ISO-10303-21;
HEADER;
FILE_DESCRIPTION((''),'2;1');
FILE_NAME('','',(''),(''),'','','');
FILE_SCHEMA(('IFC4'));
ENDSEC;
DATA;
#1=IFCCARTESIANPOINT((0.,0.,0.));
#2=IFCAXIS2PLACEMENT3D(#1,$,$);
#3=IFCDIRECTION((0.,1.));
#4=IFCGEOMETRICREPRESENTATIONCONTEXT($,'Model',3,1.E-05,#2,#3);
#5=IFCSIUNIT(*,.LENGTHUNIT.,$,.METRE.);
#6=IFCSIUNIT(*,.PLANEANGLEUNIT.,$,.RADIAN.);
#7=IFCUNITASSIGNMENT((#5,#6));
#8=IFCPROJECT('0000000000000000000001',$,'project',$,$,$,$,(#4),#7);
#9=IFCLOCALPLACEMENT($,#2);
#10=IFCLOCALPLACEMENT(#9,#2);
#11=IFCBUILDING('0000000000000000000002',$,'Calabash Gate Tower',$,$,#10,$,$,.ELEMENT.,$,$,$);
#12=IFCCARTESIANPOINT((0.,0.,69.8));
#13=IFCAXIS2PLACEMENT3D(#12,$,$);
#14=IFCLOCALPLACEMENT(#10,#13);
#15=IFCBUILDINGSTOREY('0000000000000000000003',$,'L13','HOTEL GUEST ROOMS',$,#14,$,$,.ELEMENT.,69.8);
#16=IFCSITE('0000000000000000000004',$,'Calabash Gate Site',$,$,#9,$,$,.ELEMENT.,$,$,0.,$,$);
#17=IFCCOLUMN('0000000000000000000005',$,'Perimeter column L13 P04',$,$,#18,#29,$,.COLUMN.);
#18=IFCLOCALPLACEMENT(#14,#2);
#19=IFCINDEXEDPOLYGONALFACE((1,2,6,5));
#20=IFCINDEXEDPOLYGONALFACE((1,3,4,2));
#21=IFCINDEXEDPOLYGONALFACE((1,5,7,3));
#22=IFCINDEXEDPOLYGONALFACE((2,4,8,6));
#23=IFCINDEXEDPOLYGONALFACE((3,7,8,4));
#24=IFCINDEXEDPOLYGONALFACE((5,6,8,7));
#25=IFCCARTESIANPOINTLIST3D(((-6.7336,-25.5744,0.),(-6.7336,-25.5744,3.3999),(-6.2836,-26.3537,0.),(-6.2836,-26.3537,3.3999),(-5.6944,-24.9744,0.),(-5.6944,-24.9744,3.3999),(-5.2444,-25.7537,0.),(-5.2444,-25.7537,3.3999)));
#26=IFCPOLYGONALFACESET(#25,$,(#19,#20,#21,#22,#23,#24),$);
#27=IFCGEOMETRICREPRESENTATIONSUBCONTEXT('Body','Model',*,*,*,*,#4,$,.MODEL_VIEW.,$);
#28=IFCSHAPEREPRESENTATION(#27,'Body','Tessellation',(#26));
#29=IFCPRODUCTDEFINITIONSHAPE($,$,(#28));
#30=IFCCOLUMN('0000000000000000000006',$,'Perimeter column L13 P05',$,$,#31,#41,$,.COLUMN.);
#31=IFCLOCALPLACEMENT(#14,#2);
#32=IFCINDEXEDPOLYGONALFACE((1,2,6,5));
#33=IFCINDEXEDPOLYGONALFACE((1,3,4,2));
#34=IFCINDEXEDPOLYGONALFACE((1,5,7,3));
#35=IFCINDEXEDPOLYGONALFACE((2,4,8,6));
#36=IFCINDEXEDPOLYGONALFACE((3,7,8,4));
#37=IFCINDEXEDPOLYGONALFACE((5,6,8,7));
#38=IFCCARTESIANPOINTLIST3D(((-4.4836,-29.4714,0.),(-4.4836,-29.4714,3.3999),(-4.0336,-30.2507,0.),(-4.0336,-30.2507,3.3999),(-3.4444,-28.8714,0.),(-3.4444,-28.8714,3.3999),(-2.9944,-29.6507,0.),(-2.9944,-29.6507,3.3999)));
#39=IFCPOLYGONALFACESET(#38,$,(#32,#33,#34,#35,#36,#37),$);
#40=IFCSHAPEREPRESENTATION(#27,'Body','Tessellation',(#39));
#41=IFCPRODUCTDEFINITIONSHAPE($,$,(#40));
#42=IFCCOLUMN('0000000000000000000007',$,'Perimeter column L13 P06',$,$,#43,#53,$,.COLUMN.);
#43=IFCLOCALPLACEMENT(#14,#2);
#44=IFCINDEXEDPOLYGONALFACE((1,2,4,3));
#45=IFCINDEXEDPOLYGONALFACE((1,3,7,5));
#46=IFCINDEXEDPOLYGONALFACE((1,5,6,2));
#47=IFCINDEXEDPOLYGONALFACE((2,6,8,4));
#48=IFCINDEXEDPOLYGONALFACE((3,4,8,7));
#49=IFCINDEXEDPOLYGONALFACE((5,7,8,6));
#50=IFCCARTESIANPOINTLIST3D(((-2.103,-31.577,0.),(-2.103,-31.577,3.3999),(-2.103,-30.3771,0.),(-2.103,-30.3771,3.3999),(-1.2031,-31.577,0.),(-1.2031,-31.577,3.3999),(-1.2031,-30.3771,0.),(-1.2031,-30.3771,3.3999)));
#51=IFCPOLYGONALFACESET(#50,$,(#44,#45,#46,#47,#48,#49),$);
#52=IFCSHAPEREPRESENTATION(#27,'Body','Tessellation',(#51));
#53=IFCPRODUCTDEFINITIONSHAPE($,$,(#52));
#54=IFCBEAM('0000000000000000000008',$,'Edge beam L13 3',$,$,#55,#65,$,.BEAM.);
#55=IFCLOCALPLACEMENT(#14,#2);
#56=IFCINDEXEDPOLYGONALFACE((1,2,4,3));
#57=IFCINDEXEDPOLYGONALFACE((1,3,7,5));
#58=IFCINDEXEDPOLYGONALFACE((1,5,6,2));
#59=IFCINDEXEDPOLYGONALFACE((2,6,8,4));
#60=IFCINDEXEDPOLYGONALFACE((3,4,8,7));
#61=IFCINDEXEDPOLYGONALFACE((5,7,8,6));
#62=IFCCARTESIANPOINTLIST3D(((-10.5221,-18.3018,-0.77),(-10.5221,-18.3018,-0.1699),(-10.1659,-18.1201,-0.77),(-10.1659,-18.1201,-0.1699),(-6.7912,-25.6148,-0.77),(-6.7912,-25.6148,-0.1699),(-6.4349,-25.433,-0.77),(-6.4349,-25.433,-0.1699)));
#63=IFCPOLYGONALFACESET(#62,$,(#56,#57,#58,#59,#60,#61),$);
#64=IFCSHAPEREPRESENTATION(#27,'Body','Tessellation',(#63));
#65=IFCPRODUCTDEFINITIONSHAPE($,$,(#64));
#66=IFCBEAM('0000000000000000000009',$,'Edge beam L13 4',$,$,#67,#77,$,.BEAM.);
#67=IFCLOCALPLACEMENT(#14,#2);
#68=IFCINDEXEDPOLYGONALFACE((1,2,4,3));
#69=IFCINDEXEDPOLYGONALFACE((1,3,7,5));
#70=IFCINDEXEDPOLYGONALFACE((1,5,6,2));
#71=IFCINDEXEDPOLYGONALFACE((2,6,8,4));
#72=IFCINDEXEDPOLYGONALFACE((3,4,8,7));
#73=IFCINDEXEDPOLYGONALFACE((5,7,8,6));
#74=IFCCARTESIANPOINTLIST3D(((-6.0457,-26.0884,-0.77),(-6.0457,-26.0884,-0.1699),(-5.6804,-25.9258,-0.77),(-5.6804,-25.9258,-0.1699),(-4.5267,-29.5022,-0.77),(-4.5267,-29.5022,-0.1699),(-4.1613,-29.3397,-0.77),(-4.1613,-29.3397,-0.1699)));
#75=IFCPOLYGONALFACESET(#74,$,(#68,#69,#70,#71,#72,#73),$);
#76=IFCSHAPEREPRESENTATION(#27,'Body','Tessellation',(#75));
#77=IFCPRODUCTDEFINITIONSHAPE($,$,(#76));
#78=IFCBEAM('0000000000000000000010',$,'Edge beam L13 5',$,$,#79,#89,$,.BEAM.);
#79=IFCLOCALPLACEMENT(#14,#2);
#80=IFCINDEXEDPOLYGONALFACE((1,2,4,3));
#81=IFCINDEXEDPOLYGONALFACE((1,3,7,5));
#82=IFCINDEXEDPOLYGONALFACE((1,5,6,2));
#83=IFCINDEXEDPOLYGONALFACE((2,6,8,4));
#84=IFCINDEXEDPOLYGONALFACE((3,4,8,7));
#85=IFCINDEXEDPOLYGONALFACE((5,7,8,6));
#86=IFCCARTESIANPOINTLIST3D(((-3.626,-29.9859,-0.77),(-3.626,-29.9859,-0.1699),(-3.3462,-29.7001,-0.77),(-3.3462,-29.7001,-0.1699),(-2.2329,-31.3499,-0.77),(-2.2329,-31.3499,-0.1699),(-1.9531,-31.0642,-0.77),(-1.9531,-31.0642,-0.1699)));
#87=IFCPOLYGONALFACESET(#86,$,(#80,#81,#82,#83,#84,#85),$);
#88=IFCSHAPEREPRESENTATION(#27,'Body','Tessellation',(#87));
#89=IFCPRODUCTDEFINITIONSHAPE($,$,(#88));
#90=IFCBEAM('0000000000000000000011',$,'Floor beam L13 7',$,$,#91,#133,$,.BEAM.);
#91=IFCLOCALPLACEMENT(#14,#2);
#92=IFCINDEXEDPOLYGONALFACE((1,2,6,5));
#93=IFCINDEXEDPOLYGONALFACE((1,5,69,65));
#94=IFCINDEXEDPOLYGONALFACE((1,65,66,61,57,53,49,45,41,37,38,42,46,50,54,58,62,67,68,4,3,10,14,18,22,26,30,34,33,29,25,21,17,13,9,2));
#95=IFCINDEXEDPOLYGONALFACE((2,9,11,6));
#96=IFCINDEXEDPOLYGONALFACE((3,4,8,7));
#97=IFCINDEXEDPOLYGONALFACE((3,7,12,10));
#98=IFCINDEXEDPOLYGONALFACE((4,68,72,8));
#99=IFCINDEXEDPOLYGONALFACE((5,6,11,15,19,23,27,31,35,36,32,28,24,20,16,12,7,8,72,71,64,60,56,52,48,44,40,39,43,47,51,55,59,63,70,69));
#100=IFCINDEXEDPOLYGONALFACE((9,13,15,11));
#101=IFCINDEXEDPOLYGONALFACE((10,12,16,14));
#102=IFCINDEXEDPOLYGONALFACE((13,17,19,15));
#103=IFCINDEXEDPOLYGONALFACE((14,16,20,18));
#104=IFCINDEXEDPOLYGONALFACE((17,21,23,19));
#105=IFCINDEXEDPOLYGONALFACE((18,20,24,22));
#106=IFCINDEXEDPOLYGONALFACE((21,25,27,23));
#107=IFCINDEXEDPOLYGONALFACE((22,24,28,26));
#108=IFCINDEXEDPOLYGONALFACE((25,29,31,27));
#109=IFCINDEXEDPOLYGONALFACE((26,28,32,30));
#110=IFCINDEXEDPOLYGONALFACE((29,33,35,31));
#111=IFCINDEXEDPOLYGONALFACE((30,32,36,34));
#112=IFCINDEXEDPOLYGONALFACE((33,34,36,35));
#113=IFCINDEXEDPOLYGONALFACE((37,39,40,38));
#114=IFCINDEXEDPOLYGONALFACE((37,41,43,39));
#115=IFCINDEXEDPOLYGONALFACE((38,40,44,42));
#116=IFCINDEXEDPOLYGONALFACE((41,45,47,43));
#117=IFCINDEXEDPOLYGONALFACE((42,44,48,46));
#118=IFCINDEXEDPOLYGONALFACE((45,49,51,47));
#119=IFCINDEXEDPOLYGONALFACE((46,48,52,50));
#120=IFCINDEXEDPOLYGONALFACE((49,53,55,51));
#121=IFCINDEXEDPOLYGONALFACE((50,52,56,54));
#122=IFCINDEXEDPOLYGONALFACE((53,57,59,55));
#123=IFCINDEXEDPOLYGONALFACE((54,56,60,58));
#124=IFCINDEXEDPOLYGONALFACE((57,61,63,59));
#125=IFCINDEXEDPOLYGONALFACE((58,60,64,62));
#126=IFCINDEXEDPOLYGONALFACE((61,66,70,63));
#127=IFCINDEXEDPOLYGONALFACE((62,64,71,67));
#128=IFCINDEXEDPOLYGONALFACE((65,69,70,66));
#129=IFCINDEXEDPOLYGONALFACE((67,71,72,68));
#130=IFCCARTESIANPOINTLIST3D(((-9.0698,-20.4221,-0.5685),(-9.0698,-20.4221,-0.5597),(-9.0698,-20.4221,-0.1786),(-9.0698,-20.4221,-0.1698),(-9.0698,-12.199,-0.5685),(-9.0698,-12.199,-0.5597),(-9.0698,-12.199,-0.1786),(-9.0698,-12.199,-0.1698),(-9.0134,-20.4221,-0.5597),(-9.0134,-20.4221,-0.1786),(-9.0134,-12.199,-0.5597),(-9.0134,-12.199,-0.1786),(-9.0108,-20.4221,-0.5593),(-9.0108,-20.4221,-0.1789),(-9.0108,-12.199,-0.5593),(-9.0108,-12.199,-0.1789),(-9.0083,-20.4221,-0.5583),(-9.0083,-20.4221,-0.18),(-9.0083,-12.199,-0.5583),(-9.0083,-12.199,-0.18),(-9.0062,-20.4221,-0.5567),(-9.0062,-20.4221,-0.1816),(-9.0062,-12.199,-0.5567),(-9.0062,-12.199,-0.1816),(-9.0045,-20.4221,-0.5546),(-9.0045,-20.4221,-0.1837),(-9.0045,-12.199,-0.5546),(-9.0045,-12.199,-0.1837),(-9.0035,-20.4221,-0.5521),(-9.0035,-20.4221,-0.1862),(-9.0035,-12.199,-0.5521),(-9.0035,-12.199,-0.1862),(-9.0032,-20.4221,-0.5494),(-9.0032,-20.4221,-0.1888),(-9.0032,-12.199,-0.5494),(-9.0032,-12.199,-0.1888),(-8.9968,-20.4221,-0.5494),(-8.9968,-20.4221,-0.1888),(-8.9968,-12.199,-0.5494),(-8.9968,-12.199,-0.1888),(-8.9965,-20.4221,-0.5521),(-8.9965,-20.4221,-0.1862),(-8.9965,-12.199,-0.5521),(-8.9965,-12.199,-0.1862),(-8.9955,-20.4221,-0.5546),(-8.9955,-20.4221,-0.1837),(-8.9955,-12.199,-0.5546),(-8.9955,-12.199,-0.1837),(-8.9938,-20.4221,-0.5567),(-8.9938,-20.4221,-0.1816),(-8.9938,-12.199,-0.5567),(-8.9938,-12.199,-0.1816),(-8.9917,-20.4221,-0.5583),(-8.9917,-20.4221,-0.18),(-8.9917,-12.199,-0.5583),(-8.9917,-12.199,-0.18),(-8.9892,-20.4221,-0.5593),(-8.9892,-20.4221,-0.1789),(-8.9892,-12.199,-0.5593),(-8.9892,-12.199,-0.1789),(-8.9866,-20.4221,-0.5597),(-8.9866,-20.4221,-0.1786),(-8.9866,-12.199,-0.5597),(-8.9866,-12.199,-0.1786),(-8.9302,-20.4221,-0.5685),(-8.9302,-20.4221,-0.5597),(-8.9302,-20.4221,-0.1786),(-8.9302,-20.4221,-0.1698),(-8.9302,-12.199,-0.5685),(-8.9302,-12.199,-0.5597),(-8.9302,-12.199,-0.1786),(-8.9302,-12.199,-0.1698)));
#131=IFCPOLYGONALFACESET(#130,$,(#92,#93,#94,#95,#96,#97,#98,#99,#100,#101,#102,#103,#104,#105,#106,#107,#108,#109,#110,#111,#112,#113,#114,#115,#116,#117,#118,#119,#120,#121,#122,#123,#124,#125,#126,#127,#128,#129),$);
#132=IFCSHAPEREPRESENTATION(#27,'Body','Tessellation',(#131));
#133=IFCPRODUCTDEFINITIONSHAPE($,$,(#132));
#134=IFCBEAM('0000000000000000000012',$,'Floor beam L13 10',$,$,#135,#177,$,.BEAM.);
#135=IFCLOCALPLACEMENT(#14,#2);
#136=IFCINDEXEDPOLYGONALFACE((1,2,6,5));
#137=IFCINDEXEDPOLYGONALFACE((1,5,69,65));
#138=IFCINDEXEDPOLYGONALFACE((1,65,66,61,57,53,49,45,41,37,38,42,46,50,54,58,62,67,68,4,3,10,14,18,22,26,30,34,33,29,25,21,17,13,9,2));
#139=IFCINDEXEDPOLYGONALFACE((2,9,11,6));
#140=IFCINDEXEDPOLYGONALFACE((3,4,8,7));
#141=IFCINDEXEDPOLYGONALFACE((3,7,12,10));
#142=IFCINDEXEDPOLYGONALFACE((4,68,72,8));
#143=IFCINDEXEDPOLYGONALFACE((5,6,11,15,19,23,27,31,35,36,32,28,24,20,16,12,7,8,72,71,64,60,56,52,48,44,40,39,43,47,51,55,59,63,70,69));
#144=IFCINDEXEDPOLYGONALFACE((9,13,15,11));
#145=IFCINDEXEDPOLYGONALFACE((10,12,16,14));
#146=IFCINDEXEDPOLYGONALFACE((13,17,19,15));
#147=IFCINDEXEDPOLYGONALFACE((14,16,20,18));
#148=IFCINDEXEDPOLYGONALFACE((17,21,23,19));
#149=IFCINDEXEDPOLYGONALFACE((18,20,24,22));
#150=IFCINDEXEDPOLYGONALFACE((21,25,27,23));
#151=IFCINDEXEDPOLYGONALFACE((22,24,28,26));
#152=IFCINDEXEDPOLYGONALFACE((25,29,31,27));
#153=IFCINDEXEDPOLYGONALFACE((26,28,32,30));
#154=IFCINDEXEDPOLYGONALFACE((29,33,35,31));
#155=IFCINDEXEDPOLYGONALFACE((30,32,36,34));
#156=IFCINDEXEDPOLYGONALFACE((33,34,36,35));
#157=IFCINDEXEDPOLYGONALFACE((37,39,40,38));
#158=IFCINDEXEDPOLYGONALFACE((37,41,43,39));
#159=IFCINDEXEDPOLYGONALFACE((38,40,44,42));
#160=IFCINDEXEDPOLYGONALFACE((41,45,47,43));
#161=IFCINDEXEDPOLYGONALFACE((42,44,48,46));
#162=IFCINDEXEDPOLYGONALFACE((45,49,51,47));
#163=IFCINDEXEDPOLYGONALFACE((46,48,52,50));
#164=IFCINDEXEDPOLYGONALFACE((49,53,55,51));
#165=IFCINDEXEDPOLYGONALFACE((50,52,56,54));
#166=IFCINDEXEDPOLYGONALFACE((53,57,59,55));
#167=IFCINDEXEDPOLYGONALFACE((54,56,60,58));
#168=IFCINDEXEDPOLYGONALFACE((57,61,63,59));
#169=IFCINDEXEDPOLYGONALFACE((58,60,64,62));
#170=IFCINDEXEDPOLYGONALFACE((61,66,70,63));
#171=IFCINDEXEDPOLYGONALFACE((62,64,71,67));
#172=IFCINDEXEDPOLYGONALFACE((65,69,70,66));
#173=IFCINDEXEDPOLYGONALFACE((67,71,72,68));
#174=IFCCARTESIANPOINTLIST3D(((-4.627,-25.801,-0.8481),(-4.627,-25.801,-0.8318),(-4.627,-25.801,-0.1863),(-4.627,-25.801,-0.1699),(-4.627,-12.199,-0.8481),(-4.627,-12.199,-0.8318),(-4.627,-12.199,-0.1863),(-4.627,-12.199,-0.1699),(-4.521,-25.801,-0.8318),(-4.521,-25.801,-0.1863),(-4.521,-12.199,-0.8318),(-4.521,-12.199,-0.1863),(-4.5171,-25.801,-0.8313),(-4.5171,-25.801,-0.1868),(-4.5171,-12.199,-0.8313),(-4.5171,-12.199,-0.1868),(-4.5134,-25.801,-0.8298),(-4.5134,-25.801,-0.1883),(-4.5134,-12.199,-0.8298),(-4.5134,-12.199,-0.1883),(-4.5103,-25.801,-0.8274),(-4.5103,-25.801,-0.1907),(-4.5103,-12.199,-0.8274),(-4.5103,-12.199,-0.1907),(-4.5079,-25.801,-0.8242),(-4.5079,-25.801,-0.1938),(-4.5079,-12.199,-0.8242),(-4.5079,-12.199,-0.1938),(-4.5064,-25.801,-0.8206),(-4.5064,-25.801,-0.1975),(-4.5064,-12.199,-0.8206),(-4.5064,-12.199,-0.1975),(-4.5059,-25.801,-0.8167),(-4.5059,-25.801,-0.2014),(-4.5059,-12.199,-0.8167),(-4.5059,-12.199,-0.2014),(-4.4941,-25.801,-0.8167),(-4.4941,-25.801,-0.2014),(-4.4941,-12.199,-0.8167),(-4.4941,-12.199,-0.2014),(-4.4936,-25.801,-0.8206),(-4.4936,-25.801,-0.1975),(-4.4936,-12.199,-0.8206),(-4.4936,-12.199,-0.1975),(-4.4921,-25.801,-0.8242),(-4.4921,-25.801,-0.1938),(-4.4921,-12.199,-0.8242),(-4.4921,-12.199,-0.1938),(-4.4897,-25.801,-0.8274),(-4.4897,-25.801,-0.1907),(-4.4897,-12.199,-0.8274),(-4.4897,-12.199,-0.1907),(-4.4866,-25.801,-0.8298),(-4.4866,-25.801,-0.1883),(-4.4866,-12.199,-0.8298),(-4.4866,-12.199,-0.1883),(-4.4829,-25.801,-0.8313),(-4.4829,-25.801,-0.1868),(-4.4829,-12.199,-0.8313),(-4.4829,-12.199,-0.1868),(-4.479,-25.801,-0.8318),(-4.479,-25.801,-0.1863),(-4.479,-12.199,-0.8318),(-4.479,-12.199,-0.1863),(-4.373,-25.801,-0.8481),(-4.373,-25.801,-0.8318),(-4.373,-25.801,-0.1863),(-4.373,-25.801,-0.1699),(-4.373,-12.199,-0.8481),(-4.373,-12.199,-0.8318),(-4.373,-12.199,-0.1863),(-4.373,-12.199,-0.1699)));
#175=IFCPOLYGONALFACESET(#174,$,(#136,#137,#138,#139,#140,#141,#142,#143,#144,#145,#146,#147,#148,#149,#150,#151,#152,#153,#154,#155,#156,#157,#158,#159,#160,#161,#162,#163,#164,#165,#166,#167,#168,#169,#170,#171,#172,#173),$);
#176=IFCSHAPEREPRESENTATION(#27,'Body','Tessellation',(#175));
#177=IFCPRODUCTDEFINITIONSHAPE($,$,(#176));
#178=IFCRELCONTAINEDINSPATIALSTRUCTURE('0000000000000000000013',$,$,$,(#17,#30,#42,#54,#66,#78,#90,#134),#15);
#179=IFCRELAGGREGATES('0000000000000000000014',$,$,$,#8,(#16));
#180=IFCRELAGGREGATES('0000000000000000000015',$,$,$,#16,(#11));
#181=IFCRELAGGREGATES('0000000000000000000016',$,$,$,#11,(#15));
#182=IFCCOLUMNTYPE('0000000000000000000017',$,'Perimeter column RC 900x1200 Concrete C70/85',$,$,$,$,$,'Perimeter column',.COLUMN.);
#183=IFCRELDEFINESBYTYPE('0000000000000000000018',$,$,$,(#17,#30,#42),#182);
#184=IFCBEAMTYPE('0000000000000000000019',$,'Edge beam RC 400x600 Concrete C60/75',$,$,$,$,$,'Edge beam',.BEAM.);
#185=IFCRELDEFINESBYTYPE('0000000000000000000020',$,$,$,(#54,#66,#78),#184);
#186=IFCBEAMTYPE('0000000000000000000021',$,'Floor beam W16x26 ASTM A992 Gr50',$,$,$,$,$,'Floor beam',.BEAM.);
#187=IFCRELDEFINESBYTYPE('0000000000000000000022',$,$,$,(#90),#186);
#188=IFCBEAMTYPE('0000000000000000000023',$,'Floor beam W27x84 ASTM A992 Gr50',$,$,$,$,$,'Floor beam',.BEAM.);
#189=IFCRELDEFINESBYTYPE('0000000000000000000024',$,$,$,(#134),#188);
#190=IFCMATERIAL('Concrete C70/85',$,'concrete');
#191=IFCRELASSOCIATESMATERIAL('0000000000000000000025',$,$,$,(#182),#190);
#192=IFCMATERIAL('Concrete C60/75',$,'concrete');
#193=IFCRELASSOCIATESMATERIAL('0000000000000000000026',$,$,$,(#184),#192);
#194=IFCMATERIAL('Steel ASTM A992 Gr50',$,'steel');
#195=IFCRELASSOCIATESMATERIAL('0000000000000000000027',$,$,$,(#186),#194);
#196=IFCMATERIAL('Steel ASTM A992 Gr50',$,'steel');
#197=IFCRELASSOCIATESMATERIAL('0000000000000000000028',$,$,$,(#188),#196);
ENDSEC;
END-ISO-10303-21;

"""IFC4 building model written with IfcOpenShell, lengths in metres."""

from ifc_helpers import new_model, si_unit, direction, frame, origin, origin_2d, place, context, subcontext, project, spatial, rectangle, i_section, extrude, material, material_profile, profile_set, type_object, element, save


model = new_model("IFC4")

# Units and contexts
model_context = context("Model", 3, precision=1e-05, world=origin(), true_north=direction((0.0, 1.0)))
body_context = subcontext(model_context, "Body", "Model", "MODEL_VIEW")
ifc_project = project(units=[si_unit("LENGTHUNIT", "METRE"), si_unit("PLANEANGLEUNIT", "RADIAN")], contexts=[model_context])

# Site, building, storey
site_placement = place(None, origin())
site = spatial("IfcSite", under=ifc_project, at=site_placement, Name="Calabash Gate Site", CompositionType="ELEMENT", RefElevation=0.0)
building_placement = place(site_placement, origin())
building = spatial("IfcBuilding", under=site, at=building_placement, Name="Calabash Gate Tower", CompositionType="ELEMENT")
storey_placement = place(building_placement, frame((0.0, 0.0, 69.8)))
storey = spatial("IfcBuildingStorey", under=building, at=storey_placement, Name="L13", Description="HOTEL GUEST ROOMS", CompositionType="ELEMENT", Elevation=69.8)

# Columns
ifc_material_1 = material(Name="Concrete C70/85", Category="concrete")
ifc_material_profile_1 = material_profile(ifc_material_1, rectangle(XDim=0.8999, YDim=1.2, at=origin_2d()))
ifc_profile_set_1 = profile_set([ifc_material_profile_1], Name="Concrete C70/85")
column_type = type_object("IfcColumnType", Name="Perimeter column RC 900x1200 Concrete C70/85", ElementType="Perimeter column", PredefinedType="COLUMN", material=ifc_profile_set_1)
for number, where, z_axis, x_axis, name in (
    (1, (-5.989, -25.6641, 0.0), (0.0, 0.0, 1.0), (0.5, -0.866025, 0.0), "Perimeter column L13 P04"),
    (2, (-3.739, -29.561, 0.0), (0.0, 0.0, 1.0), (0.5, -0.866025, 0.0), "Perimeter column L13 P05"),
    (3, (-1.6531, -30.9771, 0.0), (0.0, 0.0, 1.0), (1.0, 0.0, 0.0), "Perimeter column L13 P06"),
):
    element("IfcColumn", number, at=place(storey_placement, frame(where, z_axis=z_axis, x_axis=x_axis)), inside=storey, type_object=column_type, Name=name, PredefinedType="COLUMN", context=body_context, shape_type="SweptSolid", body=[
        extrude(rectangle(XDim=0.8999, YDim=1.2, at=origin_2d()), origin(), (0.0, 0.0, 1.0), 3.3999),
    ])

# Beams
ifc_material_2 = material(Name="Concrete C60/75", Category="concrete")
ifc_material_profile_2 = material_profile(ifc_material_2, rectangle(XDim=0.3999, YDim=0.6001, at=origin_2d()))
ifc_profile_set_2 = profile_set([ifc_material_profile_2], Name="Concrete C60/75")
beam_type_1 = type_object("IfcBeamType", Name="Edge beam RC 400x600 Concrete C60/75", ElementType="Edge beam", PredefinedType="BEAM", material=ifc_profile_set_2)
beam_1_placement = place(storey_placement, frame((-10.344, -18.2109, -0.47), z_axis=(0.454455, -0.89077, 0.0), x_axis=(0.89077, 0.454455, 0.0)))
element("IfcBeam", 4, at=beam_1_placement, inside=storey, type_object=beam_type_1, Name="Edge beam L13 3", PredefinedType="BEAM", context=body_context, shape_type="SweptSolid", body=[
    extrude(rectangle(XDim=0.3999, YDim=0.6001, at=origin_2d()), origin(), (0.0, 0.0, 1.0), 8.2097),
])
beam_2_placement = place(storey_placement, frame((-5.863, -26.0071, -0.47), z_axis=(0.406539, -0.913634, 0.0), x_axis=(0.913634, 0.406539, 0.0)))
element("IfcBeam", 5, at=beam_2_placement, inside=storey, type_object=beam_type_1, Name="Edge beam L13 4", PredefinedType="BEAM", context=body_context, shape_type="SweptSolid", body=[
    extrude(rectangle(XDim=0.3999, YDim=0.6001, at=origin_2d()), origin(), (0.0, 0.0, 1.0), 3.7366),
])
beam_3_placement = place(storey_placement, frame((-3.4861, -29.843, -0.47), z_axis=(0.714518, -0.699617, 0.0), x_axis=(0.699617, 0.714518, 0.0)))
element("IfcBeam", 6, at=beam_3_placement, inside=storey, type_object=beam_type_1, Name="Edge beam L13 5", PredefinedType="BEAM", context=body_context, shape_type="SweptSolid", body=[
    extrude(rectangle(XDim=0.3999, YDim=0.6001, at=origin_2d()), origin(), (0.0, 0.0, 1.0), 1.9497),
])
ifc_material_3 = material(Name="Steel ASTM A992 Gr50", Category="steel")
ifc_material_profile_3 = material_profile(ifc_material_3, i_section(OverallWidth=0.1396, OverallDepth=0.3987, WebThickness=0.0063, FlangeThickness=0.0088, FilletRadius=0.0103, at=origin_2d()))
ifc_profile_set_3 = profile_set([ifc_material_profile_3], Name="Steel ASTM A992 Gr50")
beam_type_2 = type_object("IfcBeamType", Name="Floor beam W16x26 ASTM A992 Gr50", ElementType="Floor beam", PredefinedType="BEAM", material=ifc_profile_set_3)
beam_4_placement = place(storey_placement, frame((-9.0, -20.4221, -0.3691), z_axis=(0.0, 1.0, 0.0), x_axis=(-1.0, 0.0, 0.0)))
element("IfcBeam", 7, at=beam_4_placement, inside=storey, type_object=beam_type_2, Name="Floor beam L13 7", PredefinedType="BEAM", context=body_context, shape_type="SweptSolid", body=[
    extrude(i_section(OverallWidth=0.1396, OverallDepth=0.3987, WebThickness=0.0063, FlangeThickness=0.0088, FilletRadius=0.0103, at=origin_2d()), origin(), (0.0, 0.0, 1.0), 8.2231),
])
ifc_material_4 = material(Name="Steel ASTM A992 Gr50", Category="steel")
ifc_material_profile_4 = material_profile(ifc_material_4, i_section(OverallWidth=0.2539, OverallDepth=0.6782, WebThickness=0.0117, FlangeThickness=0.0164, FilletRadius=0.0151, at=origin_2d()))
ifc_profile_set_4 = profile_set([ifc_material_profile_4], Name="Steel ASTM A992 Gr50")
beam_type_3 = type_object("IfcBeamType", Name="Floor beam W27x84 ASTM A992 Gr50", ElementType="Floor beam", PredefinedType="BEAM", material=ifc_profile_set_4)
beam_5_placement = place(storey_placement, frame((-4.5, -25.801, -0.509), z_axis=(0.0, 1.0, 0.0), x_axis=(-1.0, 0.0, 0.0)))
element("IfcBeam", 8, at=beam_5_placement, inside=storey, type_object=beam_type_3, Name="Floor beam L13 10", PredefinedType="BEAM", context=body_context, shape_type="SweptSolid", body=[
    extrude(i_section(OverallWidth=0.2539, OverallDepth=0.6782, WebThickness=0.0117, FlangeThickness=0.0164, FilletRadius=0.0151, at=origin_2d()), origin(), (0.0, 0.0, 1.0), 13.6021),
])

save(model, "model.ifc")
